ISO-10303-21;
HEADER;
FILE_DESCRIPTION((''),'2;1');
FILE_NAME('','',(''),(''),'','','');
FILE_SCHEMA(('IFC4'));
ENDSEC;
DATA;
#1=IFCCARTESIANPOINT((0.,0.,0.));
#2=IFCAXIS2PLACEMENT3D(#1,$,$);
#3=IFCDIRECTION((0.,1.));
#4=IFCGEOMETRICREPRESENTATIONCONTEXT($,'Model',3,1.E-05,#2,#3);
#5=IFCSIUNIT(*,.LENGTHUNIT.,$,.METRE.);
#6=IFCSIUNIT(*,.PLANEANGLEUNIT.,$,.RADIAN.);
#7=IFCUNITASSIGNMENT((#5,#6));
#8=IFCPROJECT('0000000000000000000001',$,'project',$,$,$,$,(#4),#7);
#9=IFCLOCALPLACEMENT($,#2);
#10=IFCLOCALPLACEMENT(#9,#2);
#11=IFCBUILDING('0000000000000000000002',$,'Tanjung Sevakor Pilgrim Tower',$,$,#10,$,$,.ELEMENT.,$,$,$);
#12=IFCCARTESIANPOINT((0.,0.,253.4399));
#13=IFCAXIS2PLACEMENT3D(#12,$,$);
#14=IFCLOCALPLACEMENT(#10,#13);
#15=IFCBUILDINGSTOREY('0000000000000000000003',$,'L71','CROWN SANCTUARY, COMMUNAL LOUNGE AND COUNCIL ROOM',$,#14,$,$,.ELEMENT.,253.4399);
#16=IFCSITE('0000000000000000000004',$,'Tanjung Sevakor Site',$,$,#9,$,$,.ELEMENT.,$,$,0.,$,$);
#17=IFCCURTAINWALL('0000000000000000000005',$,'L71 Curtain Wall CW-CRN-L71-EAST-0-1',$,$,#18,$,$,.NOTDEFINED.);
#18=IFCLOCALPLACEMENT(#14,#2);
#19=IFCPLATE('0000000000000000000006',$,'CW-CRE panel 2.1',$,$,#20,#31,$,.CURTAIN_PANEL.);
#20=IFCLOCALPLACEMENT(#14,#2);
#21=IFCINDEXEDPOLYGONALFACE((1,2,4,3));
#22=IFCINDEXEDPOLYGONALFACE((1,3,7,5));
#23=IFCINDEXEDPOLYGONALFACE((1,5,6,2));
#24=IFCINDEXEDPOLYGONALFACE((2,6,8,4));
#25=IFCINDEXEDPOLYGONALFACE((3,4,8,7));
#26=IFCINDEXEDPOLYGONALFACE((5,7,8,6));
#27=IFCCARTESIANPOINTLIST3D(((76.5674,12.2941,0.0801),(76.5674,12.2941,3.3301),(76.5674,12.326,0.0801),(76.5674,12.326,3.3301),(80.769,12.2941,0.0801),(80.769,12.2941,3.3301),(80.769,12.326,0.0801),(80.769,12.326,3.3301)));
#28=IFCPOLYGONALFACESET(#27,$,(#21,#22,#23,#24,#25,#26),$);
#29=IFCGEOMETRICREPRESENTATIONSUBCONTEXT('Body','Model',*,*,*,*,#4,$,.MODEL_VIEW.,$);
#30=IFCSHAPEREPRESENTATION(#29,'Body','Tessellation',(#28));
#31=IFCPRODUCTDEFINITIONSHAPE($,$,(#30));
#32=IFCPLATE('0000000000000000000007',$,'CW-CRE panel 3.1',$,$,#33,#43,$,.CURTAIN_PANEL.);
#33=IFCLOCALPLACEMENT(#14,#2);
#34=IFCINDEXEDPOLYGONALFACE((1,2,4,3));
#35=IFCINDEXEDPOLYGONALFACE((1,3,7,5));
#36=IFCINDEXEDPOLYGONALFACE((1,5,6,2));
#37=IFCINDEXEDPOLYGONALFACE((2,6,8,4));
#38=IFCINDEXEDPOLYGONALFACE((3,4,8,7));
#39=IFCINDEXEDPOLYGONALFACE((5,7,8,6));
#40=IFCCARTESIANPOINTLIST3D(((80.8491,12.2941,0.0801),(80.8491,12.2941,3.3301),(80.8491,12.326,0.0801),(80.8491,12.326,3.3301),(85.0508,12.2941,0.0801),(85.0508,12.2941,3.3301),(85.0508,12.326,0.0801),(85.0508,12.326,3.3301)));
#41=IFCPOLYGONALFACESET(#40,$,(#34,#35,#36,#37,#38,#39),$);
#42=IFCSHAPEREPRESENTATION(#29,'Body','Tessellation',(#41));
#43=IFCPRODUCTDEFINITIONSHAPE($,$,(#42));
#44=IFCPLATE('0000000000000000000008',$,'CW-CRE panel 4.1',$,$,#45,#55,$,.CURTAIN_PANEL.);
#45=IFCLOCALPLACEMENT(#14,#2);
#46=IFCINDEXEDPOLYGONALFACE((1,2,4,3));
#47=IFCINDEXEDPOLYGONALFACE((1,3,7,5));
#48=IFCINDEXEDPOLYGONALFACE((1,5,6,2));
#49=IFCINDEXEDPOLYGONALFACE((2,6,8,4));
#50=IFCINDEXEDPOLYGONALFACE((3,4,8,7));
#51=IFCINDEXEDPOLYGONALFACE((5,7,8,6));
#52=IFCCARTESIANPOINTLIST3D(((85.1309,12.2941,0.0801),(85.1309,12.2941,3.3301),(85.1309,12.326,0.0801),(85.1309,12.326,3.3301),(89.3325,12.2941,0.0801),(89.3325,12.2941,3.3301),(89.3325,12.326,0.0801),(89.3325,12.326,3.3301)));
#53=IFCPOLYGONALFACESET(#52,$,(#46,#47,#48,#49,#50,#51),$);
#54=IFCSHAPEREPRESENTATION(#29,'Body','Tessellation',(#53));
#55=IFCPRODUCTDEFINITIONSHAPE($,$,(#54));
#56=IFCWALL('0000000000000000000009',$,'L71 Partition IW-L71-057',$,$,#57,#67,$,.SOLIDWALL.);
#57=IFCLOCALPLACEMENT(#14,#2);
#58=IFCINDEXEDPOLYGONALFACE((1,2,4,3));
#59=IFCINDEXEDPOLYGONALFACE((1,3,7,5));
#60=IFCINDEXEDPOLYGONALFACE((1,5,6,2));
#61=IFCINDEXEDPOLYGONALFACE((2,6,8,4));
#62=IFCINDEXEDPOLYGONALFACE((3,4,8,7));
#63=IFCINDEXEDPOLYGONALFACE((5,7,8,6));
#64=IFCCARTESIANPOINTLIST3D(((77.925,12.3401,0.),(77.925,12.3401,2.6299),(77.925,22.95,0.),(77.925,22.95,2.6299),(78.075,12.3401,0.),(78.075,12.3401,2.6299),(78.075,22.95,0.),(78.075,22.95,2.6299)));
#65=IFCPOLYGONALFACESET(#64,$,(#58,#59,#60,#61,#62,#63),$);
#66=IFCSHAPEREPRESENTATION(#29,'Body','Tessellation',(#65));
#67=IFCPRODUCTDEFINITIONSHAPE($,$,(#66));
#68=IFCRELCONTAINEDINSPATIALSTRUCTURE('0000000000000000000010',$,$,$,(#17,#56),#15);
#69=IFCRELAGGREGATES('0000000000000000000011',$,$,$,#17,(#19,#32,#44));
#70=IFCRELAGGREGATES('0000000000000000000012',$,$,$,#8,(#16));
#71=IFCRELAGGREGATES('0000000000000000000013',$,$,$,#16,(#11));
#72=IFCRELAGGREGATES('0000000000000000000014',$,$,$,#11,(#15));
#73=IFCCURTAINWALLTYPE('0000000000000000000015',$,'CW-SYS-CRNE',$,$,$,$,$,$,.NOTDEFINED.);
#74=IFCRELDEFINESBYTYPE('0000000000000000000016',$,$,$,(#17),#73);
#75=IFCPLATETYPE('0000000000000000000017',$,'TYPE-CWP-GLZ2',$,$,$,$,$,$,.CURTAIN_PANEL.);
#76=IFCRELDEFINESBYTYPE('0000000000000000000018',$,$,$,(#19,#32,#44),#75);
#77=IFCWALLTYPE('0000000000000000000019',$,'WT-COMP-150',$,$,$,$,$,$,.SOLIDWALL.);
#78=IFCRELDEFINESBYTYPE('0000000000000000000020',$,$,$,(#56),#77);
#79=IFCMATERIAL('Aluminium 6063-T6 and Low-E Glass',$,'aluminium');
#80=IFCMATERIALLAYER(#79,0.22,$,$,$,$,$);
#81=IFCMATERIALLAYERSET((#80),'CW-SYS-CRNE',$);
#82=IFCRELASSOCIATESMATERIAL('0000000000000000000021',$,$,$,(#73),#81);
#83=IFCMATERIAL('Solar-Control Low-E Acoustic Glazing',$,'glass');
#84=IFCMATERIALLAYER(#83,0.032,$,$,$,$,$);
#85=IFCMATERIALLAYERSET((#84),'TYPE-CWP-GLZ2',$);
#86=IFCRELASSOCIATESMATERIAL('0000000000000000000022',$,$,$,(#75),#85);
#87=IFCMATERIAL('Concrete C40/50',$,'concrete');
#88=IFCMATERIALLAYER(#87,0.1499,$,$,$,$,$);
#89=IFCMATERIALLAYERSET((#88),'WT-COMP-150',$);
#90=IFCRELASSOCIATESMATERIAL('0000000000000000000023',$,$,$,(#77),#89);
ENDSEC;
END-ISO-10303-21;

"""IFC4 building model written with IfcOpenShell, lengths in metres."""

from ifc_helpers import new_model, si_unit, direction, frame, frame_2d, origin, origin_2d, place, context, subcontext, project, spatial, rectangle, extrude, material, layer, layer_set, type_object, element, aggregate, save


model = new_model("IFC4")

# Units and contexts
model_context = context("Model", 3, precision=1e-05, world=origin(), true_north=direction((0.0, 1.0)))
body_context = subcontext(model_context, "Body", "Model", "MODEL_VIEW")
ifc_project = project(units=[si_unit("LENGTHUNIT", "METRE"), si_unit("PLANEANGLEUNIT", "RADIAN")], contexts=[model_context])

# Site, building, storey
site_placement = place(None, origin())
site = spatial("IfcSite", under=ifc_project, at=site_placement, Name="Tanjung Sevakor Site", CompositionType="ELEMENT", RefElevation=0.0)
building_placement = place(site_placement, origin())
building = spatial("IfcBuilding", under=site, at=building_placement, Name="Tanjung Sevakor Pilgrim Tower", CompositionType="ELEMENT")
storey_placement = place(building_placement, frame((0.0, 0.0, 253.4399)))
storey = spatial("IfcBuildingStorey", under=building, at=storey_placement, Name="L71", Description="CROWN SANCTUARY, COMMUNAL LOUNGE AND COUNCIL ROOM", CompositionType="ELEMENT", Elevation=253.4399)

# Curtain wall, plates
ifc_material_1 = material(Name="Aluminium 6063-T6 and Low-E Glass", Category="aluminium")
ifc_layer_1 = layer(ifc_material_1, 0.22)
ifc_layer_set_1 = layer_set([ifc_layer_1], Name="CW-SYS-CRNE")
curtain_wall_type = type_object("IfcCurtainWallType", Name="CW-SYS-CRNE", PredefinedType="NOTDEFINED", material=ifc_layer_set_1)
curtain_wall_placement = place(storey_placement, origin())
curtain_wall = element("IfcCurtainWall", 1, at=curtain_wall_placement, inside=storey, type_object=curtain_wall_type, Name="L71 Curtain Wall CW-CRN-L71-EAST-0-1", PredefinedType="NOTDEFINED")
ifc_material_2 = material(Name="Solar-Control Low-E Acoustic Glazing", Category="glass")
ifc_layer_2 = layer(ifc_material_2, 0.032)
ifc_layer_set_2 = layer_set([ifc_layer_2], Name="TYPE-CWP-GLZ2")
plate_type = type_object("IfcPlateType", Name="TYPE-CWP-GLZ2", PredefinedType="CURTAIN_PANEL", material=ifc_layer_set_2)
plate_1_placement = place(storey_placement, frame((78.6682, 12.3101, 0.0801), z_axis=(0.0, 0.0, 1.0), x_axis=(1.0, 0.0, 0.0)))
plate_1 = element("IfcPlate", 2, at=plate_1_placement, type_object=plate_type, Name="CW-CRE panel 2.1", PredefinedType="CURTAIN_PANEL", context=body_context, shape_type="SweptSolid", body=[
    extrude(rectangle(XDim=4.2017, YDim=0.032, at=origin_2d()), origin(), (0.0, 0.0, 1.0), 3.25),
])
plate_2_placement = place(storey_placement, frame((82.95, 12.3101, 0.0801), z_axis=(0.0, 0.0, 1.0), x_axis=(1.0, 0.0, 0.0)))
plate_2 = element("IfcPlate", 3, at=plate_2_placement, type_object=plate_type, Name="CW-CRE panel 3.1", PredefinedType="CURTAIN_PANEL", context=body_context, shape_type="SweptSolid", body=[
    extrude(rectangle(XDim=4.2017, YDim=0.032, at=origin_2d()), origin(), (0.0, 0.0, 1.0), 3.25),
])
plate_3_placement = place(storey_placement, frame((87.2317, 12.3101, 0.0801), z_axis=(0.0, 0.0, 1.0), x_axis=(1.0, 0.0, 0.0)))
plate_3 = element("IfcPlate", 4, at=plate_3_placement, type_object=plate_type, Name="CW-CRE panel 4.1", PredefinedType="CURTAIN_PANEL", context=body_context, shape_type="SweptSolid", body=[
    extrude(rectangle(XDim=4.2017, YDim=0.032, at=origin_2d()), origin(), (0.0, 0.0, 1.0), 3.25),
])
aggregate(curtain_wall, [plate_1, plate_2, plate_3])

# Wall
ifc_material_3 = material(Name="Concrete C40/50", Category="concrete")
ifc_layer_3 = layer(ifc_material_3, 0.1499)
ifc_layer_set_3 = layer_set([ifc_layer_3], Name="WT-COMP-150")
wall_type = type_object("IfcWallType", Name="WT-COMP-150", PredefinedType="SOLIDWALL", material=ifc_layer_set_3)
wall_placement = place(storey_placement, frame((78.0, 12.3401, 0.0), z_axis=(0.0, 0.0, 1.0), x_axis=(0.0, 1.0, 0.0)))
element("IfcWall", 5, at=wall_placement, inside=storey, type_object=wall_type, Name="L71 Partition IW-L71-057", PredefinedType="SOLIDWALL", context=body_context, shape_type="SweptSolid", body=[
    extrude(rectangle(XDim=10.6099, YDim=0.1499, at=frame_2d((5.3049, 0.0))), origin(), (0.0, 0.0, 1.0), 2.6299),
])

save(model, "model.ifc")
